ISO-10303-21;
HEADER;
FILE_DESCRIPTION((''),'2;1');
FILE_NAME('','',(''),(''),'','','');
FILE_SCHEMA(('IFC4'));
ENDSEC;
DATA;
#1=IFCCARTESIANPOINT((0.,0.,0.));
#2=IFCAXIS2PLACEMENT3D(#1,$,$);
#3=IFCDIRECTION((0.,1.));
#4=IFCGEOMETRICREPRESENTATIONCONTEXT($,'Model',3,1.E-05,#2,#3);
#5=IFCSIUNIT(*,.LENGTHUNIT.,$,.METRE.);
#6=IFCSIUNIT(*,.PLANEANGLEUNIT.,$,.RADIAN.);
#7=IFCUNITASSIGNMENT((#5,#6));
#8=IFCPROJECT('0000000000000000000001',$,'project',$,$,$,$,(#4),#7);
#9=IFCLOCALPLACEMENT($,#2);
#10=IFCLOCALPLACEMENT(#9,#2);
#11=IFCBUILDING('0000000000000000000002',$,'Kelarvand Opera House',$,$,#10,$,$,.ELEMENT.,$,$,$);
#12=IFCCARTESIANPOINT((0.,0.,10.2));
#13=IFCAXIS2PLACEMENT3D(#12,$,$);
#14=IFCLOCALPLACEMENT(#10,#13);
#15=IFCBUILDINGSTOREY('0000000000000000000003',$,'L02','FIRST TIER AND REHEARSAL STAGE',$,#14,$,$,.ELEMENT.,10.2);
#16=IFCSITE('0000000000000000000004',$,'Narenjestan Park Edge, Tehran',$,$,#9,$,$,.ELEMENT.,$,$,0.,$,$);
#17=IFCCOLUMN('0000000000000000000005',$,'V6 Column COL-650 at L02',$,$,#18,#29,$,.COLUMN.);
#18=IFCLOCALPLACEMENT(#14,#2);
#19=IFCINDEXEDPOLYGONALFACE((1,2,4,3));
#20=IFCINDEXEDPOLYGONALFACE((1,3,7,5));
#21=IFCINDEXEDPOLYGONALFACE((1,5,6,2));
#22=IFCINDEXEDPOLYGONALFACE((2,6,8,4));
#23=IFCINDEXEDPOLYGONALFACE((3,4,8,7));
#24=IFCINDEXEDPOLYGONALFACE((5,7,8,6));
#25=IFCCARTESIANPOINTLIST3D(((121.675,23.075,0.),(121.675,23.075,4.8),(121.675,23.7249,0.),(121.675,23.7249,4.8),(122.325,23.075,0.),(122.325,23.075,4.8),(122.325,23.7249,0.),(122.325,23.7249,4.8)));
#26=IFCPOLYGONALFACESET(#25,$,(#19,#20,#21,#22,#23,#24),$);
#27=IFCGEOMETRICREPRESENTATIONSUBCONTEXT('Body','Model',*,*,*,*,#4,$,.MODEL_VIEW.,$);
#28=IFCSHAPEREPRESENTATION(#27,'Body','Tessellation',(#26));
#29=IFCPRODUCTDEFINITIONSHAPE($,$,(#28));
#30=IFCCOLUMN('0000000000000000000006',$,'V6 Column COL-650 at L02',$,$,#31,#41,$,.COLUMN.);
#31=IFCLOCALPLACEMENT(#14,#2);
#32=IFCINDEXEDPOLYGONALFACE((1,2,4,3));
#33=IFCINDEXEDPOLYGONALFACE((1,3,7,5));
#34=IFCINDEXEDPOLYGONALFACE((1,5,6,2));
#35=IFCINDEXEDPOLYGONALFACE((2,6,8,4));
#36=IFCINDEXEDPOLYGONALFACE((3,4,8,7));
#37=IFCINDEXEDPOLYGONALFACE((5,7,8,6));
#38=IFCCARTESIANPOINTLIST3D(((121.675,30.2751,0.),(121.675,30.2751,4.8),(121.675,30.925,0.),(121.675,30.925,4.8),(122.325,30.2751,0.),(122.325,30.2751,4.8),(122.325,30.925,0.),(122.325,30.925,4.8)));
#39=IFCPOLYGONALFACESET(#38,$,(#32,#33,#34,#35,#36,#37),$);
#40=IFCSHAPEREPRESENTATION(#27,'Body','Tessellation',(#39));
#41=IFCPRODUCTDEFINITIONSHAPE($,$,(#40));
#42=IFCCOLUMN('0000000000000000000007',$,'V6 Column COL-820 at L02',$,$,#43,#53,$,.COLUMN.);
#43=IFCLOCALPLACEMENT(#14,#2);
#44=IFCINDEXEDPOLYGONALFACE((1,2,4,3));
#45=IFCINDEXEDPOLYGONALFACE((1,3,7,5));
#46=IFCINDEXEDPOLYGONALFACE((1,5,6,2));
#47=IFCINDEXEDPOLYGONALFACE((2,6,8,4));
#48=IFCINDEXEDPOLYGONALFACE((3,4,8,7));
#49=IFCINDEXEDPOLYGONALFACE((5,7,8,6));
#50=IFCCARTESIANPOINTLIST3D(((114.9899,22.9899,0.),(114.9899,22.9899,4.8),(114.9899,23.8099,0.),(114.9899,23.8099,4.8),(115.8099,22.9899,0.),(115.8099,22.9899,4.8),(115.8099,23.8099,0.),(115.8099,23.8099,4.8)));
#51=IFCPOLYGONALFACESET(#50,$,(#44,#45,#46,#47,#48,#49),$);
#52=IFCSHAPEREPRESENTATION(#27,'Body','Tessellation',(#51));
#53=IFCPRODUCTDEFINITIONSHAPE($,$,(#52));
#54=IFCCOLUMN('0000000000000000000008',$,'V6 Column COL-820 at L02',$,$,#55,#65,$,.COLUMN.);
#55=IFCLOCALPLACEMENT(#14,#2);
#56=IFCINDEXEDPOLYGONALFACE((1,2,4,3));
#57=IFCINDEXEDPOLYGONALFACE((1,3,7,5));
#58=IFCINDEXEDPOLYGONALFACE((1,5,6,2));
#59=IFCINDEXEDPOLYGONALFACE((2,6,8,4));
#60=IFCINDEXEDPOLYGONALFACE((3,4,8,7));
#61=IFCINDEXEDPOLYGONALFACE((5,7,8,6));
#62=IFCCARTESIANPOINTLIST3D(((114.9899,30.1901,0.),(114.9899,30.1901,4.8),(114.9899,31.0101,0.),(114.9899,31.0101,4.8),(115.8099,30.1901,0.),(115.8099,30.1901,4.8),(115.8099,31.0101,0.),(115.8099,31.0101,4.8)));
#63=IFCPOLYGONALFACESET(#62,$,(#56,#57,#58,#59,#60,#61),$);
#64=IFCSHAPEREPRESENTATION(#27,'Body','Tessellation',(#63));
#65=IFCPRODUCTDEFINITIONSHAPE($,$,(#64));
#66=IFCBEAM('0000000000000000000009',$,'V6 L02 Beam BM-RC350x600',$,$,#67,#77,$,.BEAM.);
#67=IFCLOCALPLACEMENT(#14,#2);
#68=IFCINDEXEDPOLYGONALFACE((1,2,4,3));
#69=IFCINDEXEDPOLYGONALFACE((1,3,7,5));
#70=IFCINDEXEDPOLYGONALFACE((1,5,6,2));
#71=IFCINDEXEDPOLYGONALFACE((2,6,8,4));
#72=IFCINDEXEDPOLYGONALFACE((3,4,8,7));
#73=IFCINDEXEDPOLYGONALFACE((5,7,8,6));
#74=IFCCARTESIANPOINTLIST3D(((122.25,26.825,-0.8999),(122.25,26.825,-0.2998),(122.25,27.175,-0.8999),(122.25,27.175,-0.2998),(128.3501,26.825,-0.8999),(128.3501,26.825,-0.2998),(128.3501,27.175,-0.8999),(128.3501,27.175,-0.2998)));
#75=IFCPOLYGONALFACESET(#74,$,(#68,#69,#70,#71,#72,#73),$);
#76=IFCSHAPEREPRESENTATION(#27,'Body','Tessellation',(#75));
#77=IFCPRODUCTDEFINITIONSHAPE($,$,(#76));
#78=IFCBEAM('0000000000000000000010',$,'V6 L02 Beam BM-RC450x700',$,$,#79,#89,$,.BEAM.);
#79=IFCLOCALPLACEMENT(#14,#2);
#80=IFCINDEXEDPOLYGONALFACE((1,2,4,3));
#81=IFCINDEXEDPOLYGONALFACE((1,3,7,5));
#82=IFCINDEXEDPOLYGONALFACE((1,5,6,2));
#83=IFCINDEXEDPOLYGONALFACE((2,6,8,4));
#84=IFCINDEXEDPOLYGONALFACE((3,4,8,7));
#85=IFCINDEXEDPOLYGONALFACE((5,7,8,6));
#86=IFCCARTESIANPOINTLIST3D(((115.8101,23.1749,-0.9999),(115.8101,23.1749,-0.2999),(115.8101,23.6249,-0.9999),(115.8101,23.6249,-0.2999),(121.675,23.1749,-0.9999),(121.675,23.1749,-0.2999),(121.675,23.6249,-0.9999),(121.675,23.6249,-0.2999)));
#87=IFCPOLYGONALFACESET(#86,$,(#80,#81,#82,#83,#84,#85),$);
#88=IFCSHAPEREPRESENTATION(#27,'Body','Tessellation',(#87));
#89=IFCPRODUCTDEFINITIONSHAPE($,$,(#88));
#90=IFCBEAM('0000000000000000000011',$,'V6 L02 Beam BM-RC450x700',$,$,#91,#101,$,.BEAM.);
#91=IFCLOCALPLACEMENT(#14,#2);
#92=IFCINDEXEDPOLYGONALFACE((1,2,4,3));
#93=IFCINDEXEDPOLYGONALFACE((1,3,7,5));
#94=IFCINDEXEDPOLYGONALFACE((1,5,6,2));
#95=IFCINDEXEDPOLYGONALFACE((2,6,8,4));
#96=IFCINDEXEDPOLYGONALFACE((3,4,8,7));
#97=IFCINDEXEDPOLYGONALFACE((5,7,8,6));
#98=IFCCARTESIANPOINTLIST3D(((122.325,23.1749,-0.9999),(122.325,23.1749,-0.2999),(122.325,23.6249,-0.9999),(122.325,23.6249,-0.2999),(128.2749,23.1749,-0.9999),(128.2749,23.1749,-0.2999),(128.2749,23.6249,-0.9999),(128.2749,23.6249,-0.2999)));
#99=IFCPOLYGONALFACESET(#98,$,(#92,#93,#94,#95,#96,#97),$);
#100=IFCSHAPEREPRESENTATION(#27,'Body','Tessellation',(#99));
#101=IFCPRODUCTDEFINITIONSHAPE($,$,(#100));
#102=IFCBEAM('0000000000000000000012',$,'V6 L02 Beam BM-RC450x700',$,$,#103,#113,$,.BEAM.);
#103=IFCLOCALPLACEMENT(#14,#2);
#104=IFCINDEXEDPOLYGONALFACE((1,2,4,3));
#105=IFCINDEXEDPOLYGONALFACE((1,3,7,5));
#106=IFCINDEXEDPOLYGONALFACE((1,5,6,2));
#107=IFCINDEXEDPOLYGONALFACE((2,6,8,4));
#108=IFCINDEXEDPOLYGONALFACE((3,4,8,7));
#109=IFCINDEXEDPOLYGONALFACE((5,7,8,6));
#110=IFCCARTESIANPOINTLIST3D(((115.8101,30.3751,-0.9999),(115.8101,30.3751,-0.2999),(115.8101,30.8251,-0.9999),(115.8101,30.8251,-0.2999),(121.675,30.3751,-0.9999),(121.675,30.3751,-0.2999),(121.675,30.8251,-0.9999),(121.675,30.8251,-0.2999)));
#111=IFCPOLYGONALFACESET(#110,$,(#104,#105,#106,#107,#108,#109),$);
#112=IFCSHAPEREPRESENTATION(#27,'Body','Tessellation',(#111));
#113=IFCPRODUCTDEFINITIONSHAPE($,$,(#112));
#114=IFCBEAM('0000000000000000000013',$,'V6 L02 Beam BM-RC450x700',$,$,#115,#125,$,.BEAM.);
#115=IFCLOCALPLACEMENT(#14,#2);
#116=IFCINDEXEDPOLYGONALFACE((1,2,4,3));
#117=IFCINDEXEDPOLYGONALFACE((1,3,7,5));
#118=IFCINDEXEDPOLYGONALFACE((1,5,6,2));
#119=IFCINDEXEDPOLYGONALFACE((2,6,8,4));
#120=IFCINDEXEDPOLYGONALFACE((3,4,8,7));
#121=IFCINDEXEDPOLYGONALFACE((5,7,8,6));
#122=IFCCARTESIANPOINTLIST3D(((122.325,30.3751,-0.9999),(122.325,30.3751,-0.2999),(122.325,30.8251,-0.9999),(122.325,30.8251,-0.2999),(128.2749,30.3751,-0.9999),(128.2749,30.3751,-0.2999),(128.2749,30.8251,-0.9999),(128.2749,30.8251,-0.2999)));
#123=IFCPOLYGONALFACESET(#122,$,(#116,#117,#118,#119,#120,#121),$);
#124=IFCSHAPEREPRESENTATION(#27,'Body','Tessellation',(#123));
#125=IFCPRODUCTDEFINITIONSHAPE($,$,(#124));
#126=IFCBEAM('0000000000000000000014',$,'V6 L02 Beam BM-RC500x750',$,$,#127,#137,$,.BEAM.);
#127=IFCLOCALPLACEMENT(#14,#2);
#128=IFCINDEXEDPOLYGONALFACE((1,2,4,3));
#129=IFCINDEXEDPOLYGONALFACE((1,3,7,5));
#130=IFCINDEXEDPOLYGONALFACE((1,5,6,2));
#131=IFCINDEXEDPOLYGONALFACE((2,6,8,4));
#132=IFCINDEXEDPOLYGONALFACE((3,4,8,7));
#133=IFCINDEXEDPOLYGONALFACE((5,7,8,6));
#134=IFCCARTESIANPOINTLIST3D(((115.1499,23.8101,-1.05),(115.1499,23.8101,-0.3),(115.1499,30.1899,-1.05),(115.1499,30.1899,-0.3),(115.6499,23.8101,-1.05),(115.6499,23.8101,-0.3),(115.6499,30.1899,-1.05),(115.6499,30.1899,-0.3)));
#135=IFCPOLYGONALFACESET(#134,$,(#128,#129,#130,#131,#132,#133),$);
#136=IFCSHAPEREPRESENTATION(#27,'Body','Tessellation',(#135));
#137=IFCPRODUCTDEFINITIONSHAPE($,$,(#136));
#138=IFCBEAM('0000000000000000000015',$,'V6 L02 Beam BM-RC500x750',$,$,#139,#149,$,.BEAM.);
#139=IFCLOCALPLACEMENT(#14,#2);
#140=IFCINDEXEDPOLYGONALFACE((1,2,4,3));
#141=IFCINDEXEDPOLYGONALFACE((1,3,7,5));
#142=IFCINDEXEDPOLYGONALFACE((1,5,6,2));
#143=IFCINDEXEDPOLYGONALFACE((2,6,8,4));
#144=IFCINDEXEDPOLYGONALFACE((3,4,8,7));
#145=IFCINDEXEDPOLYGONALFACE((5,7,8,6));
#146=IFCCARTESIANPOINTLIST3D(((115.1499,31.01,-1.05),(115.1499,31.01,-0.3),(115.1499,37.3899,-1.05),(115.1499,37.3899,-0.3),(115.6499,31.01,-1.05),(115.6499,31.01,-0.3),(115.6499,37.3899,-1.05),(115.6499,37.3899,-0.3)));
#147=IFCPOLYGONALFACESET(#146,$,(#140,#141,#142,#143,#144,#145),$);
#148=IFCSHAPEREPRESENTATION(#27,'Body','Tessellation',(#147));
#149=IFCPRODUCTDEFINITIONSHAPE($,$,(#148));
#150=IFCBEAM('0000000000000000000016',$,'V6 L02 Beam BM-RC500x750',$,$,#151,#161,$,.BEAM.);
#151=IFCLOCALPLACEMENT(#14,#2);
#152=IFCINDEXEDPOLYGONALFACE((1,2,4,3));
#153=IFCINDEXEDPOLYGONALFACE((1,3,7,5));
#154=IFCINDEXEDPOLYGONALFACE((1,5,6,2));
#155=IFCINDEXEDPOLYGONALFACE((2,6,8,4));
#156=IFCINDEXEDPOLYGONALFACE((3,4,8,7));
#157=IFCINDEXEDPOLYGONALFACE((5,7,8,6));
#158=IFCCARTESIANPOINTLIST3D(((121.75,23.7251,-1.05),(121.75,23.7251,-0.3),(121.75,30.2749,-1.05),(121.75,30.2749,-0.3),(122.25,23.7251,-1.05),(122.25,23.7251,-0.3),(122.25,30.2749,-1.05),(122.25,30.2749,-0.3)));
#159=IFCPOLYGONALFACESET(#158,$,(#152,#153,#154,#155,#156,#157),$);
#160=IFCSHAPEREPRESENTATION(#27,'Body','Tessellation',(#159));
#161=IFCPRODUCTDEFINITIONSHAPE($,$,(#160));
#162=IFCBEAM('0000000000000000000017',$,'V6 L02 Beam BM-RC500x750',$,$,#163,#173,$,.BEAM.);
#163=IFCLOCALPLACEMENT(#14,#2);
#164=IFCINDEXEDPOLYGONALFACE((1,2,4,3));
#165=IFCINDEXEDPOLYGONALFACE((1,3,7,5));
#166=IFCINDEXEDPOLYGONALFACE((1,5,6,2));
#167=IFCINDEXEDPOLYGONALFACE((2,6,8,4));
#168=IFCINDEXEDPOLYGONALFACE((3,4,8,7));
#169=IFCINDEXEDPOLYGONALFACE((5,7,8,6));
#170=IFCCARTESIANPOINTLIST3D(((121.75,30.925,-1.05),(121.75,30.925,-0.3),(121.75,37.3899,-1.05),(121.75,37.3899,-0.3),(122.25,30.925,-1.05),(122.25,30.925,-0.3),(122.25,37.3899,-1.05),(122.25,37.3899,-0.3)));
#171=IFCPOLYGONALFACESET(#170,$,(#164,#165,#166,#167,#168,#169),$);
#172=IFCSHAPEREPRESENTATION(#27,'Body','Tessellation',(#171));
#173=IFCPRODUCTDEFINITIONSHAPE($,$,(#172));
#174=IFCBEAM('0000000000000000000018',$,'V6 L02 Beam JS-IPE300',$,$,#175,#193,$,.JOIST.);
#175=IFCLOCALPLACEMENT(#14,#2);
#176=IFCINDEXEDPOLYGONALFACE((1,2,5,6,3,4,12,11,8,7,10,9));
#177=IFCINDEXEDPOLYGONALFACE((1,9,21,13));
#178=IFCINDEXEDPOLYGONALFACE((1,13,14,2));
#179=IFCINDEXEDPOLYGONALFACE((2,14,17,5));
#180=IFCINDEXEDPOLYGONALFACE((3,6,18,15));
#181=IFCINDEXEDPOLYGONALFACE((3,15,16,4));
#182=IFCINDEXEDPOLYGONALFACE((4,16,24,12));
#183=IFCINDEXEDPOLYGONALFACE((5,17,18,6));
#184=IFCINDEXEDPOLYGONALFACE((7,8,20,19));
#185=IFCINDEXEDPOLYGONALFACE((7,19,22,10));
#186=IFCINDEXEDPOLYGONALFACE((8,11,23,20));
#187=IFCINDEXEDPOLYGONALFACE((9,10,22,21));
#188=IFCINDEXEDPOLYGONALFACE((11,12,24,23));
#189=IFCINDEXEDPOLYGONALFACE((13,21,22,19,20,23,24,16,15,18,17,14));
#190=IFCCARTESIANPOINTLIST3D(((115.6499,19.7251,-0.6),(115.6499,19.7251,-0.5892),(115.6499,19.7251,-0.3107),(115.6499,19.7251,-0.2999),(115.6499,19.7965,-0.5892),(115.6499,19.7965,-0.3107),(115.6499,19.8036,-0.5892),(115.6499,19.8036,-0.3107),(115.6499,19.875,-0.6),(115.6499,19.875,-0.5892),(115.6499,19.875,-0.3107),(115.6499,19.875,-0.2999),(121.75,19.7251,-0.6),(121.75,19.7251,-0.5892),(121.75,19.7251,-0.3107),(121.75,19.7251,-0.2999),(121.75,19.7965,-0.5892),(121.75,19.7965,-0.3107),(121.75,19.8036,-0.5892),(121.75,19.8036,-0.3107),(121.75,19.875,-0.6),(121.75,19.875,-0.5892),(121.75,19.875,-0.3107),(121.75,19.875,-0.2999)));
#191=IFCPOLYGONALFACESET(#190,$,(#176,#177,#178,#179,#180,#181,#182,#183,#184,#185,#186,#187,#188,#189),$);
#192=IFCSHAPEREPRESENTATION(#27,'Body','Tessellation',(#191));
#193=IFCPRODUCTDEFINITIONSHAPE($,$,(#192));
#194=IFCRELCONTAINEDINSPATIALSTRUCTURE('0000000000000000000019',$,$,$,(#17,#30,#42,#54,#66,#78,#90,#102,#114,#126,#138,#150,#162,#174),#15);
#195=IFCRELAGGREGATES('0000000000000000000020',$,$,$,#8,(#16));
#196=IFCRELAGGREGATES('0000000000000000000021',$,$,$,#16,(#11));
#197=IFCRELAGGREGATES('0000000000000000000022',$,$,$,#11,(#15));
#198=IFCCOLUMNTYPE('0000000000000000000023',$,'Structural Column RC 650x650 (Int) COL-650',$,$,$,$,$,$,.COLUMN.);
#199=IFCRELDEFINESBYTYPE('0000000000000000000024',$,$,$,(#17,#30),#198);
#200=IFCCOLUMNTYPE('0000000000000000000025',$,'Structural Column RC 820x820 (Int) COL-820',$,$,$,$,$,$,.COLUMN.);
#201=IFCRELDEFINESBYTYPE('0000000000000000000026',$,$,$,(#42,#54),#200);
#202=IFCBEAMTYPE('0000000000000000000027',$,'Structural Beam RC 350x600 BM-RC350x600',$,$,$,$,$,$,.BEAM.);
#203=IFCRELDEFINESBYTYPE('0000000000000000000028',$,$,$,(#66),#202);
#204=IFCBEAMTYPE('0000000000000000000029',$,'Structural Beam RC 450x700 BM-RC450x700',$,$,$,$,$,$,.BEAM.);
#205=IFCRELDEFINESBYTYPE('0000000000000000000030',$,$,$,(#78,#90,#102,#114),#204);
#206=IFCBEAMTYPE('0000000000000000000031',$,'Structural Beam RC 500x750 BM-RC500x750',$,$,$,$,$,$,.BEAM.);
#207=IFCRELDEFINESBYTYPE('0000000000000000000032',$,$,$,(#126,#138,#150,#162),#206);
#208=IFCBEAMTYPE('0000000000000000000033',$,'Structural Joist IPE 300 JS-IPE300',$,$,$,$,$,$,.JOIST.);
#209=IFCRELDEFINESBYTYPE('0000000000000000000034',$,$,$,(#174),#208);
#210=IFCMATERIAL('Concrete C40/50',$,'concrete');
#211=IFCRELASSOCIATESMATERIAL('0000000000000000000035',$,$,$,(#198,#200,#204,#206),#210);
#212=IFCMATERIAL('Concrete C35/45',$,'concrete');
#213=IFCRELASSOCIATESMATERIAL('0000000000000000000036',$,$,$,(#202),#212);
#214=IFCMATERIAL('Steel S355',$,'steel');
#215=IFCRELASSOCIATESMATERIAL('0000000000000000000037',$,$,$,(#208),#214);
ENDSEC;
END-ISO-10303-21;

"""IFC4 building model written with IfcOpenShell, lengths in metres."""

from ifc_helpers import new_model, si_unit, direction, frame, origin, origin_2d, place, context, subcontext, project, spatial, rectangle, i_section, extrude, material, material_profile, profile_set, type_object, element, save


model = new_model("IFC4")

# Units and contexts
model_context = context("Model", 3, precision=1e-05, world=origin(), true_north=direction((0.0, 1.0)))
body_context = subcontext(model_context, "Body", "Model", "MODEL_VIEW")
ifc_project = project(units=[si_unit("LENGTHUNIT", "METRE"), si_unit("PLANEANGLEUNIT", "RADIAN")], contexts=[model_context])

# Site, building, storey
site_placement = place(None, origin())
site = spatial("IfcSite", under=ifc_project, at=site_placement, Name="Narenjestan Park Edge, Tehran", CompositionType="ELEMENT", RefElevation=0.0)
building_placement = place(site_placement, origin())
building = spatial("IfcBuilding", under=site, at=building_placement, Name="Kelarvand Opera House", CompositionType="ELEMENT")
storey_placement = place(building_placement, frame((0.0, 0.0, 10.2)))
storey = spatial("IfcBuildingStorey", under=building, at=storey_placement, Name="L02", Description="FIRST TIER AND REHEARSAL STAGE", CompositionType="ELEMENT", Elevation=10.2)

# Columns
ifc_material_1 = material(Name="Concrete C40/50", Category="concrete")
ifc_material_profile_1 = material_profile(ifc_material_1, rectangle(XDim=0.6499, YDim=0.6499, at=origin_2d()), Name="RC 650x650", Category="concrete")
ifc_profile_set_1 = profile_set([ifc_material_profile_1], Name="Concrete C40/50")
column_type_1 = type_object("IfcColumnType", Name="Structural Column RC 650x650 (Int) COL-650", PredefinedType="COLUMN", material=ifc_profile_set_1)
for number, where, z_axis, x_axis, name in (
    (1, (122.0, 23.3999, 0.0), (0.0, 0.0, 1.0), (1.0, 0.0, 0.0), "V6 Column COL-650 at L02"),
    (2, (122.0, 30.6001, 0.0), (0.0, 0.0, 1.0), (1.0, 0.0, 0.0), "V6 Column COL-650 at L02"),
):
    element("IfcColumn", number, at=place(storey_placement, frame(where, z_axis=z_axis, x_axis=x_axis)), inside=storey, type_object=column_type_1, Name=name, PredefinedType="COLUMN", context=body_context, shape_type="SweptSolid", body=[
        extrude(rectangle(XDim=0.6499, YDim=0.6499, at=origin_2d()), origin(), (0.0, 0.0, 1.0), 4.8),
    ])
ifc_material_profile_2 = material_profile(ifc_material_1, rectangle(XDim=0.8201, YDim=0.8201, at=origin_2d()), Name="RC 820x820", Category="concrete")
ifc_profile_set_2 = profile_set([ifc_material_profile_2], Name="Concrete C40/50")
column_type_2 = type_object("IfcColumnType", Name="Structural Column RC 820x820 (Int) COL-820", PredefinedType="COLUMN", material=ifc_profile_set_2)
for number, where, z_axis, x_axis, name in (
    (3, (115.3999, 23.3999, 0.0), (0.0, 0.0, 1.0), (1.0, 0.0, 0.0), "V6 Column COL-820 at L02"),
    (4, (115.3999, 30.6001, 0.0), (0.0, 0.0, 1.0), (1.0, 0.0, 0.0), "V6 Column COL-820 at L02"),
):
    element("IfcColumn", number, at=place(storey_placement, frame(where, z_axis=z_axis, x_axis=x_axis)), inside=storey, type_object=column_type_2, Name=name, PredefinedType="COLUMN", context=body_context, shape_type="SweptSolid", body=[
        extrude(rectangle(XDim=0.8201, YDim=0.8201, at=origin_2d()), origin(), (0.0, 0.0, 1.0), 4.8),
    ])

# Beams
ifc_material_2 = material(Name="Concrete C35/45", Category="concrete")
ifc_material_profile_3 = material_profile(ifc_material_2, rectangle(XDim=0.3501, YDim=0.6001, at=origin_2d()), Name="RC 350x600", Category="concrete")
ifc_profile_set_3 = profile_set([ifc_material_profile_3], Name="Concrete C35/45")
beam_type_1 = type_object("IfcBeamType", Name="Structural Beam RC 350x600 BM-RC350x600", PredefinedType="BEAM", material=ifc_profile_set_3)
beam_1_placement = place(storey_placement, frame((122.25, 27.0, -0.5999), z_axis=(1.0, 0.0, 0.0), x_axis=(0.0, 1.0, 0.0)))
element("IfcBeam", 5, at=beam_1_placement, inside=storey, type_object=beam_type_1, Name="V6 L02 Beam BM-RC350x600", PredefinedType="BEAM", context=body_context, shape_type="SweptSolid", body=[
    extrude(rectangle(XDim=0.3501, YDim=0.6001, at=origin_2d()), origin(), (0.0, 0.0, 1.0), 6.1001),
])
ifc_material_profile_4 = material_profile(ifc_material_1, rectangle(XDim=0.45, YDim=0.7, at=origin_2d()), Name="RC 450x700", Category="concrete")
ifc_profile_set_4 = profile_set([ifc_material_profile_4], Name="Concrete C40/50")
beam_type_2 = type_object("IfcBeamType", Name="Structural Beam RC 450x700 BM-RC450x700", PredefinedType="BEAM", material=ifc_profile_set_4)
beam_2_placement = place(storey_placement, frame((115.8101, 23.3999, -0.6499), z_axis=(1.0, 0.0, 0.0), x_axis=(0.0, 1.0, 0.0)))
element("IfcBeam", 6, at=beam_2_placement, inside=storey, type_object=beam_type_2, Name="V6 L02 Beam BM-RC450x700", PredefinedType="BEAM", context=body_context, shape_type="SweptSolid", body=[
    extrude(rectangle(XDim=0.45, YDim=0.7, at=origin_2d()), origin(), (0.0, 0.0, 1.0), 5.865),
])
beam_3_placement = place(storey_placement, frame((122.325, 23.3999, -0.6499), z_axis=(1.0, 0.0, 0.0), x_axis=(0.0, 1.0, 0.0)))
element("IfcBeam", 7, at=beam_3_placement, inside=storey, type_object=beam_type_2, Name="V6 L02 Beam BM-RC450x700", PredefinedType="BEAM", context=body_context, shape_type="SweptSolid", body=[
    extrude(rectangle(XDim=0.45, YDim=0.7, at=origin_2d()), origin(), (0.0, 0.0, 1.0), 5.95),
])
beam_4_placement = place(storey_placement, frame((115.8101, 30.6001, -0.6499), z_axis=(1.0, 0.0, 0.0), x_axis=(0.0, 1.0, 0.0)))
element("IfcBeam", 8, at=beam_4_placement, inside=storey, type_object=beam_type_2, Name="V6 L02 Beam BM-RC450x700", PredefinedType="BEAM", context=body_context, shape_type="SweptSolid", body=[
    extrude(rectangle(XDim=0.45, YDim=0.7, at=origin_2d()), origin(), (0.0, 0.0, 1.0), 5.865),
])
beam_5_placement = place(storey_placement, frame((122.325, 30.6001, -0.6499), z_axis=(1.0, 0.0, 0.0), x_axis=(0.0, 1.0, 0.0)))
element("IfcBeam", 9, at=beam_5_placement, inside=storey, type_object=beam_type_2, Name="V6 L02 Beam BM-RC450x700", PredefinedType="BEAM", context=body_context, shape_type="SweptSolid", body=[
    extrude(rectangle(XDim=0.45, YDim=0.7, at=origin_2d()), origin(), (0.0, 0.0, 1.0), 5.95),
])
ifc_material_profile_5 = material_profile(ifc_material_1, rectangle(XDim=0.5, YDim=0.75, at=origin_2d()), Name="RC 500x750", Category="concrete")
ifc_profile_set_5 = profile_set([ifc_material_profile_5], Name="Concrete C40/50")
beam_type_3 = type_object("IfcBeamType", Name="Structural Beam RC 500x750 BM-RC500x750", PredefinedType="BEAM", material=ifc_profile_set_5)
for number, where, z_axis, x_axis, name in (
    (10, (115.3999, 23.8101, -0.675), (0.0, 1.0, 0.0), (-1.0, 0.0, 0.0), "V6 L02 Beam BM-RC500x750"),
    (11, (115.3999, 31.01, -0.675), (0.0, 1.0, 0.0), (-1.0, 0.0, 0.0), "V6 L02 Beam BM-RC500x750"),
):
    element("IfcBeam", number, at=place(storey_placement, frame(where, z_axis=z_axis, x_axis=x_axis)), inside=storey, type_object=beam_type_3, Name=name, PredefinedType="BEAM", context=body_context, shape_type="SweptSolid", body=[
        extrude(rectangle(XDim=0.5, YDim=0.75, at=origin_2d()), origin(), (0.0, 0.0, 1.0), 6.3799),
    ])
beam_6_placement = place(storey_placement, frame((122.0, 23.7251, -0.675), z_axis=(0.0, 1.0, 0.0), x_axis=(-1.0, 0.0, 0.0)))
element("IfcBeam", 12, at=beam_6_placement, inside=storey, type_object=beam_type_3, Name="V6 L02 Beam BM-RC500x750", PredefinedType="BEAM", context=body_context, shape_type="SweptSolid", body=[
    extrude(rectangle(XDim=0.5, YDim=0.75, at=origin_2d()), origin(), (0.0, 0.0, 1.0), 6.5498),
])
beam_7_placement = place(storey_placement, frame((122.0, 30.925, -0.675), z_axis=(0.0, 1.0, 0.0), x_axis=(-1.0, 0.0, 0.0)))
element("IfcBeam", 13, at=beam_7_placement, inside=storey, type_object=beam_type_3, Name="V6 L02 Beam BM-RC500x750", PredefinedType="BEAM", context=body_context, shape_type="SweptSolid", body=[
    extrude(rectangle(XDim=0.5, YDim=0.75, at=origin_2d()), origin(), (0.0, 0.0, 1.0), 6.4648),
])
ifc_material_3 = material(Name="Steel S355", Category="steel")
ifc_material_profile_6 = material_profile(ifc_material_3, i_section(OverallWidth=0.1499, OverallDepth=0.3, WebThickness=0.0071, FlangeThickness=0.0107, at=origin_2d()), Name="IPE 300", Category="steel")
ifc_profile_set_6 = profile_set([ifc_material_profile_6], Name="Steel S355")
beam_type_4 = type_object("IfcBeamType", Name="Structural Joist IPE 300 JS-IPE300", PredefinedType="JOIST", material=ifc_profile_set_6)
beam_8_placement = place(storey_placement, frame((115.6499, 19.8, -0.45), z_axis=(1.0, 0.0, 0.0), x_axis=(0.0, 1.0, 0.0)))
element("IfcBeam", 14, at=beam_8_placement, inside=storey, type_object=beam_type_4, Name="V6 L02 Beam JS-IPE300", PredefinedType="JOIST", context=body_context, shape_type="SweptSolid", body=[
    extrude(i_section(OverallWidth=0.1499, OverallDepth=0.3, WebThickness=0.0071, FlangeThickness=0.0107, at=origin_2d()), origin(), (0.0, 0.0, 1.0), 6.1001),
])

save(model, "model.ifc")
